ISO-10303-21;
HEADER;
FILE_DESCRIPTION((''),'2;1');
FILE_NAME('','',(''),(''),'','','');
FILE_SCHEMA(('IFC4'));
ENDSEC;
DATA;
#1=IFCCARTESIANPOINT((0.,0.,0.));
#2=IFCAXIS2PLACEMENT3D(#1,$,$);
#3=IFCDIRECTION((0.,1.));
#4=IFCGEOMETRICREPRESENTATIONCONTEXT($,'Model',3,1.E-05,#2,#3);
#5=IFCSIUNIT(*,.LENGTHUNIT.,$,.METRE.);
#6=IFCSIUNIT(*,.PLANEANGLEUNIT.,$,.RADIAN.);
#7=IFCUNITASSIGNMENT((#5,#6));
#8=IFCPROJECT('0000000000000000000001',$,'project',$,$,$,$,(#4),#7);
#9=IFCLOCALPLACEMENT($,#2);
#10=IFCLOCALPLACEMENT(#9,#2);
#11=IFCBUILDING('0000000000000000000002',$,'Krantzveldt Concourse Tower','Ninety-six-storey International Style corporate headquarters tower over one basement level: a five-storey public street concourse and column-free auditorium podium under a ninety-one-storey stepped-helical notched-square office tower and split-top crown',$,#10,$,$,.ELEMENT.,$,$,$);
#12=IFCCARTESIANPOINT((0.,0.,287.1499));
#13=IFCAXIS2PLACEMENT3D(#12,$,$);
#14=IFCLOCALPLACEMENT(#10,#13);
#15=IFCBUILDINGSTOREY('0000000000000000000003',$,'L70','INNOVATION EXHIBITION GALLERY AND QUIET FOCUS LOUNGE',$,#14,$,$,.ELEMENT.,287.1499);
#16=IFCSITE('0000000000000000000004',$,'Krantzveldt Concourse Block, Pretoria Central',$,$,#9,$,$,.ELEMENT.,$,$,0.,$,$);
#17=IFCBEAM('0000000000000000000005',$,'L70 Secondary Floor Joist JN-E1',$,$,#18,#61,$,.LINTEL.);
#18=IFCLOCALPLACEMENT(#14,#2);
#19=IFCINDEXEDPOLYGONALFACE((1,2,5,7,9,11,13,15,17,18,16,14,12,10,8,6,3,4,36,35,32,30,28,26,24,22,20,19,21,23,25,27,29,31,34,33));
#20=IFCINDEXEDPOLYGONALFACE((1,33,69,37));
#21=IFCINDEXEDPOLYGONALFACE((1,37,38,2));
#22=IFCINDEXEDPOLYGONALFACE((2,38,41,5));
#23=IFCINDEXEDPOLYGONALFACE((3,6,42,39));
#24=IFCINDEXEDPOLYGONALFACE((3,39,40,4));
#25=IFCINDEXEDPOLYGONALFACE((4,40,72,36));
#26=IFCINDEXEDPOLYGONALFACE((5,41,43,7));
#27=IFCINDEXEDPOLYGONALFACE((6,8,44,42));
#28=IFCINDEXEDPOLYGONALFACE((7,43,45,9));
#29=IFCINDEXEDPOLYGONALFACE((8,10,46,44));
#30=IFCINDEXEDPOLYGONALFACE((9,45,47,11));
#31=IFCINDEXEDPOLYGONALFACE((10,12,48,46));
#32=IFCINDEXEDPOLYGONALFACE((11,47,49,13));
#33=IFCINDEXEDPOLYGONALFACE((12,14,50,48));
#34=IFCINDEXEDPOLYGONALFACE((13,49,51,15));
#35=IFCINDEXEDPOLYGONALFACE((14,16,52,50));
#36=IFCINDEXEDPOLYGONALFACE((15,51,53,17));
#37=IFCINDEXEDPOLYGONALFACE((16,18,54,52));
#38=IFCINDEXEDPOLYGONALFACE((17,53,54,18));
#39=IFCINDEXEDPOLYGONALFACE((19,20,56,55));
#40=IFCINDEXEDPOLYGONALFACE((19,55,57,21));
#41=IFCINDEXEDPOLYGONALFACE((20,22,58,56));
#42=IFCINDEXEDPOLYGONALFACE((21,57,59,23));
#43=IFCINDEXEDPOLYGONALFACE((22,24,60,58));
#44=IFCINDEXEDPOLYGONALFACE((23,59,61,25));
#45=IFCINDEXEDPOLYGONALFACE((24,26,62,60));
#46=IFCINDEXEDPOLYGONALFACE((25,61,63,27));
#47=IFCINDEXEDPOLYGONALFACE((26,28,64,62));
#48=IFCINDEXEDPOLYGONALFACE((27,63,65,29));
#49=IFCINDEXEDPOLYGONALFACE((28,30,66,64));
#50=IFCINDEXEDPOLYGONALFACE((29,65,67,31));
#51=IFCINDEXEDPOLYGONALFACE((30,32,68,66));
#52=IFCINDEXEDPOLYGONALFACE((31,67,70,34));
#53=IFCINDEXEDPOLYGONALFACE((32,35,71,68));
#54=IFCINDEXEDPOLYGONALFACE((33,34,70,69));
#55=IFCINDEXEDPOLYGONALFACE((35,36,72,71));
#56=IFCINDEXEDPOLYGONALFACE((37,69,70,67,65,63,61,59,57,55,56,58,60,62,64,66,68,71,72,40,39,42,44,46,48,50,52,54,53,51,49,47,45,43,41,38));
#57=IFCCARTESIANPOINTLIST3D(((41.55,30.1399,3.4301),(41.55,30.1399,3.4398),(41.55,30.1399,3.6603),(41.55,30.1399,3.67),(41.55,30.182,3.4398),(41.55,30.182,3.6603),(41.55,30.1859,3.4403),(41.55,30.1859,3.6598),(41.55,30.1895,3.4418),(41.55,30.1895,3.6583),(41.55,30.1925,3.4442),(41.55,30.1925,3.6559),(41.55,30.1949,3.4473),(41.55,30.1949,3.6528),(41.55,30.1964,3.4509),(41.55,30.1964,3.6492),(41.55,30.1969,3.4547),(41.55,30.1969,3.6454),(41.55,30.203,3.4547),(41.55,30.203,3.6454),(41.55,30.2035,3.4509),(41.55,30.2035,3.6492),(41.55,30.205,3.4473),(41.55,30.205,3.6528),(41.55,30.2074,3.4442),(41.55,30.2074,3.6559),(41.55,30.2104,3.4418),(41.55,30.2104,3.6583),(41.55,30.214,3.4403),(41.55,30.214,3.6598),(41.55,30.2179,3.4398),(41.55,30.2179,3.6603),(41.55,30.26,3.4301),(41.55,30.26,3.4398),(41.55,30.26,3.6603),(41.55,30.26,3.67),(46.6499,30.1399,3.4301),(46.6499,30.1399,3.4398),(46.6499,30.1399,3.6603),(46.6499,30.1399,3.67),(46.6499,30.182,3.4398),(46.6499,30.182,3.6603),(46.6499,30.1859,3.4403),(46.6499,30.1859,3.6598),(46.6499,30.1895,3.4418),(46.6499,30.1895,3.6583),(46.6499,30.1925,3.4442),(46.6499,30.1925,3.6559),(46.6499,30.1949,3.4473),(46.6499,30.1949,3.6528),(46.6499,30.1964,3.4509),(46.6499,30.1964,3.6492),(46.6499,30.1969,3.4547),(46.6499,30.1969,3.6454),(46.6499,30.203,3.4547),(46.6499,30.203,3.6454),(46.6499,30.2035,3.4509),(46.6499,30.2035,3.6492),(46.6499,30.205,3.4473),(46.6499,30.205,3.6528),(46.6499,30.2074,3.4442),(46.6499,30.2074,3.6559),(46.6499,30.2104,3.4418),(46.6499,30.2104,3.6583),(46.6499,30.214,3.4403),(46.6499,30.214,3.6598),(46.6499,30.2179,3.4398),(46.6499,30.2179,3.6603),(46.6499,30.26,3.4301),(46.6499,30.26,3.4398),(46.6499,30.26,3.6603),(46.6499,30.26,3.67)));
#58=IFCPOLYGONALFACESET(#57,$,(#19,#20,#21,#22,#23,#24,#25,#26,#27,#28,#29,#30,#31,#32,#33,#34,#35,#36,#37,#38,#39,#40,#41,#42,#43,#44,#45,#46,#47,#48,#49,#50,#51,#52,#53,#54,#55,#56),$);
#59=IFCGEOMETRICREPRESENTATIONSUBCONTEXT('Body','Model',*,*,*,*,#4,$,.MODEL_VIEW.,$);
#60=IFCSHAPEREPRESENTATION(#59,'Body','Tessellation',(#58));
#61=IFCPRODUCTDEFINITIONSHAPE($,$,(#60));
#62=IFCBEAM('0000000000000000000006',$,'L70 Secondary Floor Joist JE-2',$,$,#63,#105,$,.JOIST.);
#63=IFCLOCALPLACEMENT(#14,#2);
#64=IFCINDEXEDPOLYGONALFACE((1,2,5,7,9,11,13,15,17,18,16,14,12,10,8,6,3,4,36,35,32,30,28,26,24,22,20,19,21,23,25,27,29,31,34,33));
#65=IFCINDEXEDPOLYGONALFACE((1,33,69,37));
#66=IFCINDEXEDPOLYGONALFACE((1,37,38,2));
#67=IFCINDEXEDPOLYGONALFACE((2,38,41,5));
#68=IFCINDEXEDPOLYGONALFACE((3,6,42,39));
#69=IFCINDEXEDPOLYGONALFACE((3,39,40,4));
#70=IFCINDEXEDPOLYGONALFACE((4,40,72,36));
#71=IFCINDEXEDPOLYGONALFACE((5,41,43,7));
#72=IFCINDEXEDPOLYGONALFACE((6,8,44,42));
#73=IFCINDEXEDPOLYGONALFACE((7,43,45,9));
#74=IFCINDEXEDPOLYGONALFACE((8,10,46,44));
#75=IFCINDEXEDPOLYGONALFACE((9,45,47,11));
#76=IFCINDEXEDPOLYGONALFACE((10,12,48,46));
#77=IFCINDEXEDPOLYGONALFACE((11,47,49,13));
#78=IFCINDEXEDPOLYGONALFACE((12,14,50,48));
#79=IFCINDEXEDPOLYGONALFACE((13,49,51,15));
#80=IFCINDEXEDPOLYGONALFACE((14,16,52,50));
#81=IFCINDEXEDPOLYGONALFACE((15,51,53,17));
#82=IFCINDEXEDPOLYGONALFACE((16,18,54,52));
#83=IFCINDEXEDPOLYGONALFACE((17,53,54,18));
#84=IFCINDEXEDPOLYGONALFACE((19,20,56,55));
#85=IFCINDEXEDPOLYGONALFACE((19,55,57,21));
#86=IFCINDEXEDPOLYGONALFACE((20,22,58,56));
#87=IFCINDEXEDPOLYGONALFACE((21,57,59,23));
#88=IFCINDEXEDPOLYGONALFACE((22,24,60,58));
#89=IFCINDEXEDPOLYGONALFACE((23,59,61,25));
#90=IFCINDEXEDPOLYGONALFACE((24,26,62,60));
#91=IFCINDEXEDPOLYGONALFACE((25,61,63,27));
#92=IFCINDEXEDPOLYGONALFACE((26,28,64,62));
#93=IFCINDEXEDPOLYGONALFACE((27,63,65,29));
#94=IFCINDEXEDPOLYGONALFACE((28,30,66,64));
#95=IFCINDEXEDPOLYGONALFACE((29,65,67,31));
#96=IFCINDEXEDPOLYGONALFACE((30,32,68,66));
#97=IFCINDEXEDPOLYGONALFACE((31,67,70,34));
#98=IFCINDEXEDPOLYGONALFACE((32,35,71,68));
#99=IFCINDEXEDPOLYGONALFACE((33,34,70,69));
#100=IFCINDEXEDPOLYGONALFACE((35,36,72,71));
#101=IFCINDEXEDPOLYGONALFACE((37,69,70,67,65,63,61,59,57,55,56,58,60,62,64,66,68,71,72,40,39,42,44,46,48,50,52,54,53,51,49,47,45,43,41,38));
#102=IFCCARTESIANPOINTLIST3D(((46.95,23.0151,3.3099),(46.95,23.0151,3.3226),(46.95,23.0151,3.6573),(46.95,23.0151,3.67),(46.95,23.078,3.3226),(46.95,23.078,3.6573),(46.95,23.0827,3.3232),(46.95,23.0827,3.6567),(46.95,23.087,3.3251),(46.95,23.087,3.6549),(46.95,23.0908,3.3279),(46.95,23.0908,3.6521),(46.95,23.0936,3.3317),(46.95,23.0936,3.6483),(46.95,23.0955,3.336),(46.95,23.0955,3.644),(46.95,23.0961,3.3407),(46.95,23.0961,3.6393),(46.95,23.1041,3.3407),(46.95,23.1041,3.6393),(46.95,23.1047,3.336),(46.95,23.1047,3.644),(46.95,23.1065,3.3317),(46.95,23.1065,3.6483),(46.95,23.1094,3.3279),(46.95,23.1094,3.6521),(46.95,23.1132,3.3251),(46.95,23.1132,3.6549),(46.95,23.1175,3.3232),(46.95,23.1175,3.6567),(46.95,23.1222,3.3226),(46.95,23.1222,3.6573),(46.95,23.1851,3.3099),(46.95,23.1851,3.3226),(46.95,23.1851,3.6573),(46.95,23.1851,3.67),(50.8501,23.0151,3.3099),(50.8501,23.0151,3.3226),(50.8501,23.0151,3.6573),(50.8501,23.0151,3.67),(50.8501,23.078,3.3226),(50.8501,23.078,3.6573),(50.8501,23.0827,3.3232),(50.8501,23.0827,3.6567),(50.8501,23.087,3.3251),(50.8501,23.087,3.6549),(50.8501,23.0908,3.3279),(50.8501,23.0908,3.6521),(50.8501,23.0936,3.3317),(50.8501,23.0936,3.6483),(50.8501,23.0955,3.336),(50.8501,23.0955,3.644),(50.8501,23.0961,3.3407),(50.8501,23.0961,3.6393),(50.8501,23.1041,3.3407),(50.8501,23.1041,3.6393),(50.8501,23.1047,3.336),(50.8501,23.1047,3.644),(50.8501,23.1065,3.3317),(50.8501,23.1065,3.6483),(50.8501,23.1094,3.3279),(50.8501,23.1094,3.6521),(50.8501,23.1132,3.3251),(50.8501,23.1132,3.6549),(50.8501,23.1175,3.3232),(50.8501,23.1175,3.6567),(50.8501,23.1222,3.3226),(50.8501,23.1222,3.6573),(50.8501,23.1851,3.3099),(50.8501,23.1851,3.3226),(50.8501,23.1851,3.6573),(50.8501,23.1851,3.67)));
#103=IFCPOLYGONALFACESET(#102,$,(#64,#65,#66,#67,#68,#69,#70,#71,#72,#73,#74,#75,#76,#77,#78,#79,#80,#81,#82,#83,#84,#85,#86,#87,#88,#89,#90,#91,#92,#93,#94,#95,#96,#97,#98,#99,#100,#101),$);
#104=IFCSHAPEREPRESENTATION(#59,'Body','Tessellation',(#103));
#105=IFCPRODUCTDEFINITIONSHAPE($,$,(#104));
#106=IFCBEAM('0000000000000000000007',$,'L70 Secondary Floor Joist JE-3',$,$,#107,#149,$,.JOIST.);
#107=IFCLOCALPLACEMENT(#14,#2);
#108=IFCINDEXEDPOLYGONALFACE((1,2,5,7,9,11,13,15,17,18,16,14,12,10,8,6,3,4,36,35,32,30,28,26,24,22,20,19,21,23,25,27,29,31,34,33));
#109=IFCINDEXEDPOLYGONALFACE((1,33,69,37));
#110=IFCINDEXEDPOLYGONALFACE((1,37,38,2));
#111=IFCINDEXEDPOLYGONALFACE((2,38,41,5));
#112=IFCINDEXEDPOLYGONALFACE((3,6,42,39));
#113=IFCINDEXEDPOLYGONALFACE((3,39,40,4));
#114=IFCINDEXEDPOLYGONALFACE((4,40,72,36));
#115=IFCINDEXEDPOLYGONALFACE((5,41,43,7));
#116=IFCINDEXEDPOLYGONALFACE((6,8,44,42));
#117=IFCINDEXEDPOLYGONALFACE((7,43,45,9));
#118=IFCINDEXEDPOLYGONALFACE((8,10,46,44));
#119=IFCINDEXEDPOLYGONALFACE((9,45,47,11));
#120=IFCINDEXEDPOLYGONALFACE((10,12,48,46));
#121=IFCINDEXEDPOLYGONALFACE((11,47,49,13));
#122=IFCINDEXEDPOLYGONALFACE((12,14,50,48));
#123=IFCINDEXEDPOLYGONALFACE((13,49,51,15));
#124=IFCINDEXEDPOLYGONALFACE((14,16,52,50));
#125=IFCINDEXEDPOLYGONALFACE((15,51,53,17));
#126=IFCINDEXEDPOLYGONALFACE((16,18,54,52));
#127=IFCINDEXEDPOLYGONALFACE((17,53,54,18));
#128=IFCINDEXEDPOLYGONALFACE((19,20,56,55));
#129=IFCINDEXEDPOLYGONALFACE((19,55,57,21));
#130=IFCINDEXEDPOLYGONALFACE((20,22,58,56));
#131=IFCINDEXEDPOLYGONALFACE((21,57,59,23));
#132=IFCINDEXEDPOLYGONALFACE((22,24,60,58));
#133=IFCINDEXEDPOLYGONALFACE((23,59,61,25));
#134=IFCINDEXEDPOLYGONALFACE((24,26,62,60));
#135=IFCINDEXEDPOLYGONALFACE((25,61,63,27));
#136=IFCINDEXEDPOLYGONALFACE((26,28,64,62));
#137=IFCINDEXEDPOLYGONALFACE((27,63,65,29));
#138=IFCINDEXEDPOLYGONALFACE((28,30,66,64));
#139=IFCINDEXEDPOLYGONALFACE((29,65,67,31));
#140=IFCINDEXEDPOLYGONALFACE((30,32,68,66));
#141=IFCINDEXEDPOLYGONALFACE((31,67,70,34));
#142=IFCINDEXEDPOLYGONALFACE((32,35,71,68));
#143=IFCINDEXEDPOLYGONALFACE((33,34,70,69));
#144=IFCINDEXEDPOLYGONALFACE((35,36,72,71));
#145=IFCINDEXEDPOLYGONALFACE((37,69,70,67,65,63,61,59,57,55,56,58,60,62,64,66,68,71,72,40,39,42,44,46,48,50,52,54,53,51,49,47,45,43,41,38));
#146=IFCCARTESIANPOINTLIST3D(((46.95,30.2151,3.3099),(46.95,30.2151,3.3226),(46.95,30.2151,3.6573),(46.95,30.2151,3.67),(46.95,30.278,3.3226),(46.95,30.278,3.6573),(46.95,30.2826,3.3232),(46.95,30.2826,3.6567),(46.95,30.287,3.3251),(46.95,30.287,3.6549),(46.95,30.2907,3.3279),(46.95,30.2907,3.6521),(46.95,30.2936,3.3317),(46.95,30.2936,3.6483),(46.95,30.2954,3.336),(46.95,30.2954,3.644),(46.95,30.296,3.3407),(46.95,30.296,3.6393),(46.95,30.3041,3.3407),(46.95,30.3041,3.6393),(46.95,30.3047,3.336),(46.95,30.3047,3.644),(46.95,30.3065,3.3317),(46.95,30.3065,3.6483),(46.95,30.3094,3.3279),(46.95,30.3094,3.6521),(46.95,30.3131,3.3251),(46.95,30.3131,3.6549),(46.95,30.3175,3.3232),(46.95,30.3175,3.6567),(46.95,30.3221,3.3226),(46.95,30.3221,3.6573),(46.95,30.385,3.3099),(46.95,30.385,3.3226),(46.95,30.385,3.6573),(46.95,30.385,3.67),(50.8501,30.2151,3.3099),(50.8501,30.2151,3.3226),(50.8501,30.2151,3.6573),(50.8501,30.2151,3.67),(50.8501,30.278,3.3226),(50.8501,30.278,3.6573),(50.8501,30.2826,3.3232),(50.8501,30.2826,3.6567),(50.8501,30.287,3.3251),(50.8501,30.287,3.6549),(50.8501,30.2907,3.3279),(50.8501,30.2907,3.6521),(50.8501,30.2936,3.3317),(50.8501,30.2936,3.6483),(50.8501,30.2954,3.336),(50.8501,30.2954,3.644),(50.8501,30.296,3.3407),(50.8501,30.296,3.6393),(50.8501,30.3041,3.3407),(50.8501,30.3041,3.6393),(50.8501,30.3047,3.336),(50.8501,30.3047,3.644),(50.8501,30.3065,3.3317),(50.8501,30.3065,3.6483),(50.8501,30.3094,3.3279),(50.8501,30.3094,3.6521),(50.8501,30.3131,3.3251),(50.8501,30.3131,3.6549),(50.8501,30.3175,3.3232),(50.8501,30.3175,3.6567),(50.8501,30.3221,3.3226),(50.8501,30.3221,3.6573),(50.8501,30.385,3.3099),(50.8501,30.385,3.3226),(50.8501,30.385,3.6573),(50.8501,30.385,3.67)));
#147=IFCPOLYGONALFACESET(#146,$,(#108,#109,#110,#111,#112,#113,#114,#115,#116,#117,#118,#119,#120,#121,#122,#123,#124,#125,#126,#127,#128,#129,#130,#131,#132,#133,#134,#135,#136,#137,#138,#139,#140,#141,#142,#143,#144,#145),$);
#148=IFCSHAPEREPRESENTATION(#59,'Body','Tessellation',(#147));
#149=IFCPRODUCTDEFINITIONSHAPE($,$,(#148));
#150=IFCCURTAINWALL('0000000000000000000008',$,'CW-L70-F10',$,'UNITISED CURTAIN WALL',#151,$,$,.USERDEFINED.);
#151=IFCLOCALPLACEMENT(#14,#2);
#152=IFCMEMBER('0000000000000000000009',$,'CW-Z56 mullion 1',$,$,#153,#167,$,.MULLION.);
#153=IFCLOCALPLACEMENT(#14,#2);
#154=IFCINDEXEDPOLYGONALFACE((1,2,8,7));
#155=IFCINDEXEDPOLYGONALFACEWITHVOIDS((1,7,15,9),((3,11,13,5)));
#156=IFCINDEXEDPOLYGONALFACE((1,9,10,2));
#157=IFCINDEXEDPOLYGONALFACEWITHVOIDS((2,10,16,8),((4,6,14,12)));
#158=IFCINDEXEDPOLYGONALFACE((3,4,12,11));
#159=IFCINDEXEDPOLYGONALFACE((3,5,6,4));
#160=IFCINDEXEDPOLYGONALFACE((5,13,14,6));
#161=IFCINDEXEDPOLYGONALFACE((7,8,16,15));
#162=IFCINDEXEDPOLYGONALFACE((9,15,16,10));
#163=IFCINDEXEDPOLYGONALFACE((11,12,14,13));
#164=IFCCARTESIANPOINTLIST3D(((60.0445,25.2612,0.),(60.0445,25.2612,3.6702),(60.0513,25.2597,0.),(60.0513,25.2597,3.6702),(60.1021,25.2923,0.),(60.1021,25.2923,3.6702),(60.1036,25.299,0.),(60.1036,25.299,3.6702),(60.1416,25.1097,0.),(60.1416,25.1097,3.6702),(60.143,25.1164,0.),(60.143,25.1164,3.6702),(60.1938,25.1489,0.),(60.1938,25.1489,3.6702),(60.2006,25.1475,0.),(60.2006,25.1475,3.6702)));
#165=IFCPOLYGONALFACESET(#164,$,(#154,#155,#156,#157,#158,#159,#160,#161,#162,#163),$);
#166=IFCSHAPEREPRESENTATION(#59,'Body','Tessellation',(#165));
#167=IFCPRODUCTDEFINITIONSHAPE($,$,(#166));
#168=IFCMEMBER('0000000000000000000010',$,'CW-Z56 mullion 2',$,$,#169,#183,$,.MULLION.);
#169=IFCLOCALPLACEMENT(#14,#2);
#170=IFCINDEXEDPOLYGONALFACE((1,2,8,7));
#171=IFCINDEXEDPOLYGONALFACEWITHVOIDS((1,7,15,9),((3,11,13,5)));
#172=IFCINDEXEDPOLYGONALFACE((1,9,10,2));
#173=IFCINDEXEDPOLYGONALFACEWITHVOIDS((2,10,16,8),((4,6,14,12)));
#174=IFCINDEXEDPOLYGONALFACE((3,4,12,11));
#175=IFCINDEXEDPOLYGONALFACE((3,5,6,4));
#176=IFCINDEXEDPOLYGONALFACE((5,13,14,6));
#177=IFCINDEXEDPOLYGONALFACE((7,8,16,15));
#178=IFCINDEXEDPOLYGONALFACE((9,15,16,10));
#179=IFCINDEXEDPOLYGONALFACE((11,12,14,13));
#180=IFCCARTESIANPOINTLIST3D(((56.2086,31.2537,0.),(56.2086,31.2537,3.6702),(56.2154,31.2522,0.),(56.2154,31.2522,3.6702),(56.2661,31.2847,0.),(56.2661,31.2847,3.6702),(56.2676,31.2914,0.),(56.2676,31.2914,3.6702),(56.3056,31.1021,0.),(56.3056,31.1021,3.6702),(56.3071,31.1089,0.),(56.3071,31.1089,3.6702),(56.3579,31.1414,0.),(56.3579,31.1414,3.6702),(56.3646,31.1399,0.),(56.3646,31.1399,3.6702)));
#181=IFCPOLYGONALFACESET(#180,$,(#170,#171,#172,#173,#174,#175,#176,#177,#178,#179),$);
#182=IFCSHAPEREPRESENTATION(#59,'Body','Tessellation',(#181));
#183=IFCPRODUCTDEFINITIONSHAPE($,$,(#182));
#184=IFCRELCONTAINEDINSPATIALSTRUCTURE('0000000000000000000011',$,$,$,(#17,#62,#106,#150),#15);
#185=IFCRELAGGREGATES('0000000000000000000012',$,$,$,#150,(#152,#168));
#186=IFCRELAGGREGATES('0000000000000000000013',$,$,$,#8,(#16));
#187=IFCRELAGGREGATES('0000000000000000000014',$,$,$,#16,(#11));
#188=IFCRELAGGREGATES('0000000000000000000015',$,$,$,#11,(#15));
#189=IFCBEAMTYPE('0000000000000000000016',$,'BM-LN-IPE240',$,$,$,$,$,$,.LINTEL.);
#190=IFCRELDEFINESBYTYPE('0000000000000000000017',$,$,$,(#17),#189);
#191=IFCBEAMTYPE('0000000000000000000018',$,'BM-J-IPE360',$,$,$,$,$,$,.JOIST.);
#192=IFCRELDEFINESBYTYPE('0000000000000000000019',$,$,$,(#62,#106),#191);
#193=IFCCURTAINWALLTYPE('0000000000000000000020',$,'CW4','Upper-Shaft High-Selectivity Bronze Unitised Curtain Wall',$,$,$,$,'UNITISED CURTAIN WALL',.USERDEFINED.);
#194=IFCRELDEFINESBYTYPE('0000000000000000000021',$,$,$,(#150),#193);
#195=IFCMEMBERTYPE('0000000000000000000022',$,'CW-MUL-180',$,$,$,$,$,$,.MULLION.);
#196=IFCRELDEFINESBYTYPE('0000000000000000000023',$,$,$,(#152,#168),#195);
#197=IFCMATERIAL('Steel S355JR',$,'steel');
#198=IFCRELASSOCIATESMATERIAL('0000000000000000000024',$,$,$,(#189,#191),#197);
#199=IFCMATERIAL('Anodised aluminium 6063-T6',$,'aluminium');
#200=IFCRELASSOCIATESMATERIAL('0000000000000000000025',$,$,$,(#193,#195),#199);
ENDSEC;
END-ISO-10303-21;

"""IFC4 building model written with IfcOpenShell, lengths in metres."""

from ifc_helpers import new_model, si_unit, direction, frame, origin, origin_2d, place, context, subcontext, project, spatial, hollow_rectangle, i_section, extrude, source, transform, mapped, material, material_profile, profile_set, type_object, type_shapes, element, aggregate, save


model = new_model("IFC4")

# Units and contexts
model_context = context("Model", 3, precision=1e-05, world=origin(), true_north=direction((0.0, 1.0)))
body_context = subcontext(model_context, "Body", "Model", "MODEL_VIEW")
ifc_project = project(units=[si_unit("LENGTHUNIT", "METRE"), si_unit("PLANEANGLEUNIT", "RADIAN")], contexts=[model_context])

# Site, building, storey
site_placement = place(None, origin())
site = spatial("IfcSite", under=ifc_project, at=site_placement, Name="Krantzveldt Concourse Block, Pretoria Central", CompositionType="ELEMENT", RefElevation=0.0)
building_placement = place(site_placement, origin())
building = spatial("IfcBuilding", under=site, at=building_placement, Name="Krantzveldt Concourse Tower", Description="Ninety-six-storey International Style corporate headquarters tower over one basement level: a five-storey public street concourse and column-free auditorium podium under a ninety-one-storey stepped-helical notched-square office tower and split-top crown", CompositionType="ELEMENT")
storey_placement = place(building_placement, frame((0.0, 0.0, 287.1499)))
storey = spatial("IfcBuildingStorey", under=building, at=storey_placement, Name="L70", Description="INNOVATION EXHIBITION GALLERY AND QUIET FOCUS LOUNGE", CompositionType="ELEMENT", Elevation=287.1499)

# Beams
ifc_material_1 = material(Name="Steel S355JR", Category="steel")
ifc_material_profile_1 = material_profile(ifc_material_1, i_section(OverallWidth=0.1201, OverallDepth=0.24, WebThickness=0.0061, FlangeThickness=0.0098, FilletRadius=0.0149, at=origin_2d()), Name="Steel S355JR", Category="steel")
ifc_profile_set_1 = profile_set([ifc_material_profile_1], Name="Steel S355JR - IPE 240")
beam_type_1 = type_object("IfcBeamType", Name="BM-LN-IPE240", PredefinedType="LINTEL", material=ifc_profile_set_1)
shared_shape_1 = source(origin(), body_context, "Body", "SweptSolid", [
    extrude(i_section(OverallWidth=0.1201, OverallDepth=0.24, WebThickness=0.0061, FlangeThickness=0.0098, FilletRadius=0.0149, at=origin_2d()), origin(), (0.0, 0.0, 1.0), 5.0999),
])
type_shapes(beam_type_1, [shared_shape_1])
beam_1_placement = place(storey_placement, frame((41.55, 30.2, 3.55), z_axis=(1.0, 0.0, 0.0), x_axis=(0.0, 1.0, 0.0)))
element("IfcBeam", 1, at=beam_1_placement, inside=storey, type_object=beam_type_1, Name="L70 Secondary Floor Joist JN-E1", PredefinedType="LINTEL", context=body_context, shape_type="MappedRepresentation", body=[
    mapped(shared_shape_1, transform((0.0, 0.0, 0.0), x_axis=(1.0, 0.0, 0.0), y_axis=(0.0, 1.0, 0.0), z_axis=(0.0, 0.0, 1.0), scale=1.0)),
])
ifc_material_profile_2 = material_profile(ifc_material_1, i_section(OverallWidth=0.1699, OverallDepth=0.3601, WebThickness=0.0081, FlangeThickness=0.0127, FilletRadius=0.0181, at=origin_2d()), Name="Steel S355JR", Category="steel")
ifc_profile_set_2 = profile_set([ifc_material_profile_2], Name="Steel S355JR - IPE 360")
beam_type_2 = type_object("IfcBeamType", Name="BM-J-IPE360", PredefinedType="JOIST", material=ifc_profile_set_2)
shared_shape_2 = source(origin(), body_context, "Body", "SweptSolid", [
    extrude(i_section(OverallWidth=0.1699, OverallDepth=0.3601, WebThickness=0.0081, FlangeThickness=0.0127, FilletRadius=0.0181, at=origin_2d()), origin(), (0.0, 0.0, 1.0), 3.9001),
])
type_shapes(beam_type_2, [shared_shape_2])
for number, where, z_axis, x_axis, name in (
    (2, (46.95, 23.1001, 3.49), (1.0, 0.0, 0.0), (0.0, 1.0, 0.0), "L70 Secondary Floor Joist JE-2"),
    (3, (46.95, 30.3, 3.49), (1.0, 0.0, 0.0), (0.0, 1.0, 0.0), "L70 Secondary Floor Joist JE-3"),
):
    element("IfcBeam", number, at=place(storey_placement, frame(where, z_axis=z_axis, x_axis=x_axis)), inside=storey, type_object=beam_type_2, Name=name, PredefinedType="JOIST", context=body_context, shape_type="MappedRepresentation", body=[
        mapped(shared_shape_2, transform((0.0, 0.0, 0.0), x_axis=(1.0, 0.0, 0.0), y_axis=(0.0, 1.0, 0.0), z_axis=(0.0, 0.0, 1.0), scale=1.0)),
    ])

# Curtain wall, members
ifc_material_2 = material(Name="Anodised aluminium 6063-T6", Category="aluminium")
curtain_wall_type = type_object("IfcCurtainWallType", Name="CW4", Description="Upper-Shaft High-Selectivity Bronze Unitised Curtain Wall", ElementType="UNITISED CURTAIN WALL", PredefinedType="USERDEFINED", material=ifc_material_2)
curtain_wall_placement = place(storey_placement, origin())
curtain_wall = element("IfcCurtainWall", 4, at=curtain_wall_placement, inside=storey, type_object=curtain_wall_type, Name="CW-L70-F10", ObjectType="UNITISED CURTAIN WALL", PredefinedType="USERDEFINED")
ifc_material_profile_3 = material_profile(ifc_material_2, hollow_rectangle(XDim=0.0701, YDim=0.1799, WallThickness=0.0049, at=origin_2d()), Name="Anodised aluminium 6063-T6", Category="aluminium")
ifc_profile_set_3 = profile_set([ifc_material_profile_3], Name="Anodised aluminium 6063-T6 - ALU-MULL 180x70x5")
member_type_1 = type_object("IfcMemberType", Name="CW-MUL-180", PredefinedType="MULLION", material=ifc_profile_set_3)
shared_shape_3 = source(origin(), body_context, "Body", "SweptSolid", [
    extrude(hollow_rectangle(XDim=0.0701, YDim=0.1799, WallThickness=0.0049, at=origin_2d()), origin(), (0.0, 0.0, 1.0), 3.6702),
])
type_shapes(member_type_1, [shared_shape_3])
member_1_placement = place(storey_placement, frame((60.1226, 25.2043, 0.0), z_axis=(0.0, 0.0, 1.0), x_axis=(-0.842217, -0.539138, 0.0)))
member_1 = element("IfcMember", 5, at=member_1_placement, type_object=member_type_1, Name="CW-Z56 mullion 1", PredefinedType="MULLION", context=body_context, shape_type="MappedRepresentation", body=[
    mapped(shared_shape_3, transform((0.0, 0.0, 0.0), x_axis=(1.0, 0.0, 0.0), y_axis=(0.0, 1.0, 0.0), z_axis=(0.0, 0.0, 1.0), scale=1.0)),
])
member_2_placement = place(storey_placement, frame((56.2866, 31.1968, 0.0), z_axis=(0.0, 0.0, 1.0), x_axis=(-0.842217, -0.539138, 0.0)))
member_2 = element("IfcMember", 6, at=member_2_placement, type_object=member_type_1, Name="CW-Z56 mullion 2", PredefinedType="MULLION", context=body_context, shape_type="MappedRepresentation", body=[
    mapped(shared_shape_3, transform((0.0, 0.0, 0.0), x_axis=(1.0, 0.0, 0.0), y_axis=(0.0, 1.0, 0.0), z_axis=(0.0, 0.0, 1.0), scale=1.0)),
])
aggregate(curtain_wall, [member_1, member_2])

save(model, "model.ifc")
